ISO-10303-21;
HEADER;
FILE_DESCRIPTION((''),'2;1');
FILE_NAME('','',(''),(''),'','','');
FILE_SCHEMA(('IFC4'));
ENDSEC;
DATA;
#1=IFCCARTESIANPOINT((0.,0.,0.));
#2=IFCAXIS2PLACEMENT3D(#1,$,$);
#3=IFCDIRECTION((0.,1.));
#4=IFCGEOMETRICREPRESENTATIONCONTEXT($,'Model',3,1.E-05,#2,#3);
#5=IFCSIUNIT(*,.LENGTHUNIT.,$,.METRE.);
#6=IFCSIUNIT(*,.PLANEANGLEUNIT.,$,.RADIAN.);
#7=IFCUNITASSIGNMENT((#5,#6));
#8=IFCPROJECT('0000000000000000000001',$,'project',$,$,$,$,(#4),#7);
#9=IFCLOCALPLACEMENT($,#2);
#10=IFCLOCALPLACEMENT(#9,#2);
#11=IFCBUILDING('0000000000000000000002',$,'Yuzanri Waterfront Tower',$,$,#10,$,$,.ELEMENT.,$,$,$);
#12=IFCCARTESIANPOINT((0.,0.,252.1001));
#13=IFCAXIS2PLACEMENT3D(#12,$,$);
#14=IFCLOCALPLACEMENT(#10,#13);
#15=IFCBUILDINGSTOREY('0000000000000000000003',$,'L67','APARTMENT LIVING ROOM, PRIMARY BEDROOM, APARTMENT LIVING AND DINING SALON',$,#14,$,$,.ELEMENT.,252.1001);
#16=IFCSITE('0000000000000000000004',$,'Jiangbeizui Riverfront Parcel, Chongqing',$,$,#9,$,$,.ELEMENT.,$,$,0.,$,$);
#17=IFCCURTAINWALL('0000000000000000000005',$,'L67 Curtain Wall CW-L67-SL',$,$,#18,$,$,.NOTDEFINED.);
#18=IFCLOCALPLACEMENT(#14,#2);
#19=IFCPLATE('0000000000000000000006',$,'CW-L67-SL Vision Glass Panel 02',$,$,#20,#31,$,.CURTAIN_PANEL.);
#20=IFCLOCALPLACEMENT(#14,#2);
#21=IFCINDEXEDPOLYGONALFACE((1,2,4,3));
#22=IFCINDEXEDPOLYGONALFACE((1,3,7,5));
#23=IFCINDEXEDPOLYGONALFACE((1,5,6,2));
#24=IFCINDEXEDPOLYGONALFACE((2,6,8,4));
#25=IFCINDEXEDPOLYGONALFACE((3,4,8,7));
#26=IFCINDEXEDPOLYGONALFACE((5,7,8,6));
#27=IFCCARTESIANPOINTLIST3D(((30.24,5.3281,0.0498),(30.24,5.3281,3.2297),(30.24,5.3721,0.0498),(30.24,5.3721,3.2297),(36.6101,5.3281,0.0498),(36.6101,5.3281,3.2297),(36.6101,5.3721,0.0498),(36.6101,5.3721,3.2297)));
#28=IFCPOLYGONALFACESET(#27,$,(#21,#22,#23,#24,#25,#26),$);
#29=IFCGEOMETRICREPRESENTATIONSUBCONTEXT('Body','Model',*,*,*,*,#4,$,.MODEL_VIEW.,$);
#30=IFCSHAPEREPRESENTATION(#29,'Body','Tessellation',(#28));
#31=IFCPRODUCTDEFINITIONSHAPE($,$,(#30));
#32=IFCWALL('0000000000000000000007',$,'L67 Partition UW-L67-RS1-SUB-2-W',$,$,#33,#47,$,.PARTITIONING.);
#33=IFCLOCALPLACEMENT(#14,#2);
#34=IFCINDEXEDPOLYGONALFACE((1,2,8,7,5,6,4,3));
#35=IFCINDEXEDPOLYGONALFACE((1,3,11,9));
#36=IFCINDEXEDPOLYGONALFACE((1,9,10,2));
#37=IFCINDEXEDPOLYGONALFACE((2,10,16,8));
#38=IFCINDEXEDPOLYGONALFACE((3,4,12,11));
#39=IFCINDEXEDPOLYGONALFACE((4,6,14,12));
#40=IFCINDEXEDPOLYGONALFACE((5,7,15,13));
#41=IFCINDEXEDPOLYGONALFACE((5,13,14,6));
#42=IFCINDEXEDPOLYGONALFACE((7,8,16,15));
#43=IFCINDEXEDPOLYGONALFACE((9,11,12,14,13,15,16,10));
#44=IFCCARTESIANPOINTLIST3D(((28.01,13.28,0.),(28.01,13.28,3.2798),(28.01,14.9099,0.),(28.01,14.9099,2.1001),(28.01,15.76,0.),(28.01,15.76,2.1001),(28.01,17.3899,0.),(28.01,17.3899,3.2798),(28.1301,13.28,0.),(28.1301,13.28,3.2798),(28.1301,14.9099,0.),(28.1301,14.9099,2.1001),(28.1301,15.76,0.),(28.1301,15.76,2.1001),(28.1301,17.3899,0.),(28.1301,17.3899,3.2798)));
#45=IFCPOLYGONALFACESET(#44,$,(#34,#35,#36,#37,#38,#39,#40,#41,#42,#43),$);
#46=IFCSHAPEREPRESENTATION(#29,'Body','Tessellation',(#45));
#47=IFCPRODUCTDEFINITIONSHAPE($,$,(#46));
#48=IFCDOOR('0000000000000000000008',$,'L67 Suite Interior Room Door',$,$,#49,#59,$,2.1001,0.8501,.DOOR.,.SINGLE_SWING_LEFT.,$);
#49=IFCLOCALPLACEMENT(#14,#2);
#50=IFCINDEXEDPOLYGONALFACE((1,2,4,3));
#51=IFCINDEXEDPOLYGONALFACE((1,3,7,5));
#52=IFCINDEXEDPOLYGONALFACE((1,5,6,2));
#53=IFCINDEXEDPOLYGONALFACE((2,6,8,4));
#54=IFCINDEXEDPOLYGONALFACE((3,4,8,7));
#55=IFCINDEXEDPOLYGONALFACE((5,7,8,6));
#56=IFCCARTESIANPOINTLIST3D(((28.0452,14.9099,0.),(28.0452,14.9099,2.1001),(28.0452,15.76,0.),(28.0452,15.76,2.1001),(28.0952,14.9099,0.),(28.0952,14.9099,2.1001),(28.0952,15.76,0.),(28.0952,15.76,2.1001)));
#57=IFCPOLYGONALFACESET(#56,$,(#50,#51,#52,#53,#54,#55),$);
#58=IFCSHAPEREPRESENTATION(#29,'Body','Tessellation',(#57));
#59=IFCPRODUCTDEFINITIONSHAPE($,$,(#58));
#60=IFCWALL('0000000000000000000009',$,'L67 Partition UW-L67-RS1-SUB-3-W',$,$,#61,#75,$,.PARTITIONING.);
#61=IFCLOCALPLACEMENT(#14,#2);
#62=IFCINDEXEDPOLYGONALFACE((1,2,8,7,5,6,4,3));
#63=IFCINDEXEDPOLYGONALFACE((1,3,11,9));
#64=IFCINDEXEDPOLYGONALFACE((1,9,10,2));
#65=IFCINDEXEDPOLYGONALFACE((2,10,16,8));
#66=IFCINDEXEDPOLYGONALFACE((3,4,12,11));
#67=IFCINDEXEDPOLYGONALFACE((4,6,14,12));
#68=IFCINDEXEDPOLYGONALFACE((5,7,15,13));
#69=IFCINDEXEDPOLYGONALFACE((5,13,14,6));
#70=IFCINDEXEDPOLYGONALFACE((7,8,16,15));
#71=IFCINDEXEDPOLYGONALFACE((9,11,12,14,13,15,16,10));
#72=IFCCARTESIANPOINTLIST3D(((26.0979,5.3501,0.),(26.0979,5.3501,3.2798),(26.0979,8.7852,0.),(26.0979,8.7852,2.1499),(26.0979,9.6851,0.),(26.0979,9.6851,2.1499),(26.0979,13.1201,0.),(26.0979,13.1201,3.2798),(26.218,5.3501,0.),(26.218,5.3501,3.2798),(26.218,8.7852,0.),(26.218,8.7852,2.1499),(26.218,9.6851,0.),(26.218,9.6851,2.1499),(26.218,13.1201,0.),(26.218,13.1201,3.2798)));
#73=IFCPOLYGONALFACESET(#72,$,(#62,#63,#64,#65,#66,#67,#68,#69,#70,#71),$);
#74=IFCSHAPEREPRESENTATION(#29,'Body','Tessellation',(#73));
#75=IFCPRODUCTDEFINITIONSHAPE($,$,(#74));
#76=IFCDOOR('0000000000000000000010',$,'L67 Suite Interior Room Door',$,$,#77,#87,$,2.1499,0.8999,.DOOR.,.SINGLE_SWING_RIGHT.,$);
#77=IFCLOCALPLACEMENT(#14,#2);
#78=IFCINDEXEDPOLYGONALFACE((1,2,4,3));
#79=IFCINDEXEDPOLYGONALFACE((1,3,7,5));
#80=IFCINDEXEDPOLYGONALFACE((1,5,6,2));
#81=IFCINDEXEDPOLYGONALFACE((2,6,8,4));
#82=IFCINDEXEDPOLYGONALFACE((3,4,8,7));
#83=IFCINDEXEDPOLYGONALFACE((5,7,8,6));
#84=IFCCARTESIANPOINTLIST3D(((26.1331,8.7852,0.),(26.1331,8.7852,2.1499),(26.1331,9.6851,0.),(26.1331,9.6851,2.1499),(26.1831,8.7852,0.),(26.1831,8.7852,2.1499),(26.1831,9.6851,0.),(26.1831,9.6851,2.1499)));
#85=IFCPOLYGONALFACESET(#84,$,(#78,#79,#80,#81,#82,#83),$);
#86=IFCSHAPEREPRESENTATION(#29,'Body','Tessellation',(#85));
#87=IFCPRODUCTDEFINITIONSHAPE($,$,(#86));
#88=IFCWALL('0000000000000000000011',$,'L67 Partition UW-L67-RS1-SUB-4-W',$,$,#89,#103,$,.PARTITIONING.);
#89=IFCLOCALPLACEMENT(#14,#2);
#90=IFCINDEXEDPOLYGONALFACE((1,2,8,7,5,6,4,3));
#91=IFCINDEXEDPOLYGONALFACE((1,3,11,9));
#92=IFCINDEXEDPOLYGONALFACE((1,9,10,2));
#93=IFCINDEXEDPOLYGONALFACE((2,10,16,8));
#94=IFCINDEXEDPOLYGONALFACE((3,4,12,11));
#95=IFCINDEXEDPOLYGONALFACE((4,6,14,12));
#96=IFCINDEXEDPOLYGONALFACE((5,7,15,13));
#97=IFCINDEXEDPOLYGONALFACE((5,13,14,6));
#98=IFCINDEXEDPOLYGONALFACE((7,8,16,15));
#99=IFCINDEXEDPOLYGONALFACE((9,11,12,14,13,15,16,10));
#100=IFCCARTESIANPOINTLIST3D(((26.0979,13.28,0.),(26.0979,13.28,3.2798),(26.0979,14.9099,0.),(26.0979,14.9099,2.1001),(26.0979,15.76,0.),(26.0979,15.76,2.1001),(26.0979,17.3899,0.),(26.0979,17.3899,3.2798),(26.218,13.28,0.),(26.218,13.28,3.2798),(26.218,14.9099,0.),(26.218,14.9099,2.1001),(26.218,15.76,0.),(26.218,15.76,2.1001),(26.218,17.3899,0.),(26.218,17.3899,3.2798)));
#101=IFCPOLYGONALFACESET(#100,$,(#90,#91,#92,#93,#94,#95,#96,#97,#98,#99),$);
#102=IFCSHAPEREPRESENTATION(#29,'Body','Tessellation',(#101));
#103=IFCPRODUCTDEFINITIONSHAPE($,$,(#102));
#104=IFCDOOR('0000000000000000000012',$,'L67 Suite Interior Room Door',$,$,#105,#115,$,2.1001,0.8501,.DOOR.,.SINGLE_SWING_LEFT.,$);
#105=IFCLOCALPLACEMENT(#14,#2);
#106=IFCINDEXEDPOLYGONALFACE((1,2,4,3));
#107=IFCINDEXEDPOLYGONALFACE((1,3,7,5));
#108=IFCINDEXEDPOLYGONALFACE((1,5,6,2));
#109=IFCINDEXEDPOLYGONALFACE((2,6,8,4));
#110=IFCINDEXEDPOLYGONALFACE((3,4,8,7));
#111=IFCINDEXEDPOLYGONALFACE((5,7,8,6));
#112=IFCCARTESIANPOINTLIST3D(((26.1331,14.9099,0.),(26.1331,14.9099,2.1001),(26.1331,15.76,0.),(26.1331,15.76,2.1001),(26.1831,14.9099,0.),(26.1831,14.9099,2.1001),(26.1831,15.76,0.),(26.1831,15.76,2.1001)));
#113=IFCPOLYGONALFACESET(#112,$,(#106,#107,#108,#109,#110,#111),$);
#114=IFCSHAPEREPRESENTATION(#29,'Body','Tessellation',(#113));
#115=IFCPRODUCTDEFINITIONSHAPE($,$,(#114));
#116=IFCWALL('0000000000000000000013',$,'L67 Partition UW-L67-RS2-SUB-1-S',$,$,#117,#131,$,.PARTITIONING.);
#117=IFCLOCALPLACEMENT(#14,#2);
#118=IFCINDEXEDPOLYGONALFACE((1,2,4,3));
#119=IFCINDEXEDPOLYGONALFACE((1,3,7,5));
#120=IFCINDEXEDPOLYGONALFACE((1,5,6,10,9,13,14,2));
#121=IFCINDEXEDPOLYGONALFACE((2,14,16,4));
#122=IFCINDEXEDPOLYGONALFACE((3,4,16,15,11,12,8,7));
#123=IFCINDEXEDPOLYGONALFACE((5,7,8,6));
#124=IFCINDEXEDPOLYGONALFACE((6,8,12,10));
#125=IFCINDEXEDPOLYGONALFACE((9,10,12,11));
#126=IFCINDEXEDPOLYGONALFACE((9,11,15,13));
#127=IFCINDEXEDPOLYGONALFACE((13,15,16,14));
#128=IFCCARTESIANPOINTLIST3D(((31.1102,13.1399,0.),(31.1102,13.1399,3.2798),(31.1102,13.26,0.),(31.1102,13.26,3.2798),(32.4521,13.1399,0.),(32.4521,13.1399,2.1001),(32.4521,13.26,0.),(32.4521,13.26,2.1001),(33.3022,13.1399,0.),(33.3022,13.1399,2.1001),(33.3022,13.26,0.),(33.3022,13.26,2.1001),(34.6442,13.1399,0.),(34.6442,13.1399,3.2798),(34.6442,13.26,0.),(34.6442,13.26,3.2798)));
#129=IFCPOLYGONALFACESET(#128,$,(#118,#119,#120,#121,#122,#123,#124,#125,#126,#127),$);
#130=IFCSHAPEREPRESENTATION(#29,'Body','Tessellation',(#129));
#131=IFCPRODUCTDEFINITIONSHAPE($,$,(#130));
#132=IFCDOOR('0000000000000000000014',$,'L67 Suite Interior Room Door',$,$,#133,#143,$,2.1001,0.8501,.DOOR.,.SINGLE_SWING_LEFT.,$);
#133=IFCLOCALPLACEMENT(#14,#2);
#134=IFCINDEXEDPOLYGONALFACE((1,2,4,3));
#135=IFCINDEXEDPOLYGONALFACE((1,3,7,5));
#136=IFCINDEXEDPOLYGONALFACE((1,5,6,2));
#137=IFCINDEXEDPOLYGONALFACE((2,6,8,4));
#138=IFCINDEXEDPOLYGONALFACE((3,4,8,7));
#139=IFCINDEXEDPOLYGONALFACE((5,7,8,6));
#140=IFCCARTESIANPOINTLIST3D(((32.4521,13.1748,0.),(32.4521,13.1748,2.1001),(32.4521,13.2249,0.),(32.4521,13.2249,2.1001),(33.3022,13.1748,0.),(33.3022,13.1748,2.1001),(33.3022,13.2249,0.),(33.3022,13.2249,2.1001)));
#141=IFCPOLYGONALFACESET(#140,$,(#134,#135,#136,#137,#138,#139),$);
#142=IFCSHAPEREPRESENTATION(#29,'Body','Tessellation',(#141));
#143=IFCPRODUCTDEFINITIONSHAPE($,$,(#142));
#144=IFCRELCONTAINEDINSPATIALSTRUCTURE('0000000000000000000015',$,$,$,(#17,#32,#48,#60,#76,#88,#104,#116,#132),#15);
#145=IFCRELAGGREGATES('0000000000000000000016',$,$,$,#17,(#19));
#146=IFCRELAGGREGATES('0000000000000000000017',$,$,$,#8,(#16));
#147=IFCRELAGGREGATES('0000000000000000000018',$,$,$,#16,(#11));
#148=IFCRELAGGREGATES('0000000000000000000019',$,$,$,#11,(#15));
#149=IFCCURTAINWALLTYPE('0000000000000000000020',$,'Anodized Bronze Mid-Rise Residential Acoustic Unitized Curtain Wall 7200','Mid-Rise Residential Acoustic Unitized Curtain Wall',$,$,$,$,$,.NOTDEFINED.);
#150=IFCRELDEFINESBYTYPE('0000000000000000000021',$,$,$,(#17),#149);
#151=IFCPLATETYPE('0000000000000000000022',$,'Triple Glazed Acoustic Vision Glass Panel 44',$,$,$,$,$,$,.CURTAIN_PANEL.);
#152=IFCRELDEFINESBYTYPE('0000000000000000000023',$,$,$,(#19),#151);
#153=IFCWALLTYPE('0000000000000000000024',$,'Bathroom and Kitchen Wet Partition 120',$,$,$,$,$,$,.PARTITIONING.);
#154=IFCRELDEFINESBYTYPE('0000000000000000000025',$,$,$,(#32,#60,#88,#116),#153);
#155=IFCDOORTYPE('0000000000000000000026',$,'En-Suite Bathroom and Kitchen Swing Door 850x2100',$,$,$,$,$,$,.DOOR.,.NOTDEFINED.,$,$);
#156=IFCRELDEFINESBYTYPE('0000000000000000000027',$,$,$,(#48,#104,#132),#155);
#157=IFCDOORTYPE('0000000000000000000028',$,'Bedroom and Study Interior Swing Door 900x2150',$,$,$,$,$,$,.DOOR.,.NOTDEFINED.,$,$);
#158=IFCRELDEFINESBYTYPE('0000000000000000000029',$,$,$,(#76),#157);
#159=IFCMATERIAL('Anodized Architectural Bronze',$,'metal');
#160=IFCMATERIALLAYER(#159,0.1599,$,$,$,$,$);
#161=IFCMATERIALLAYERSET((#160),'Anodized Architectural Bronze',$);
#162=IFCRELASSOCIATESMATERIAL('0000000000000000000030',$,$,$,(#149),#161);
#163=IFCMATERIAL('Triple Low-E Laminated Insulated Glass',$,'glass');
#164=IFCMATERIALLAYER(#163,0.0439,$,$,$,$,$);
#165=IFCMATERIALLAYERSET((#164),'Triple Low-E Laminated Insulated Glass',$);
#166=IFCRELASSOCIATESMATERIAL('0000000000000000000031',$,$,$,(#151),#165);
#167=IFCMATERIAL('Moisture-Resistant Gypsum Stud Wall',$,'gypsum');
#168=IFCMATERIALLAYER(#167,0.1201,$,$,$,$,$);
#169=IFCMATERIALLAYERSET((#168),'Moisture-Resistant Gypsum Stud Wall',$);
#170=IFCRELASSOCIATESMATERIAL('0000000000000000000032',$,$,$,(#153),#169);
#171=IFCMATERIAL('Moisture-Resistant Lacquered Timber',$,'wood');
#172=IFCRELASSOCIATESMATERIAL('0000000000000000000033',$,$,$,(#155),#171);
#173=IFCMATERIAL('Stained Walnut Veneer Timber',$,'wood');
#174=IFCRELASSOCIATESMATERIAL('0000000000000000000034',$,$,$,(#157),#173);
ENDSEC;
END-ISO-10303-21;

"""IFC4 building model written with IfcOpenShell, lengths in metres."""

from ifc_helpers import new_model, si_unit, direction, frame, frame_2d, origin, origin_2d, place, context, subcontext, project, spatial, rectangle, extrude, source, transform, mapped, material, layer, layer_set, type_object, element, fill, aggregate, save


model = new_model("IFC4")

# Units and contexts
model_context = context("Model", 3, precision=1e-05, world=origin(), true_north=direction((0.0, 1.0)))
body_context = subcontext(model_context, "Body", "Model", "MODEL_VIEW")
ifc_project = project(units=[si_unit("LENGTHUNIT", "METRE"), si_unit("PLANEANGLEUNIT", "RADIAN")], contexts=[model_context])

# Site, building, storey
site_placement = place(None, origin())
site = spatial("IfcSite", under=ifc_project, at=site_placement, Name="Jiangbeizui Riverfront Parcel, Chongqing", CompositionType="ELEMENT", RefElevation=0.0)
building_placement = place(site_placement, origin())
building = spatial("IfcBuilding", under=site, at=building_placement, Name="Yuzanri Waterfront Tower", CompositionType="ELEMENT")
storey_placement = place(building_placement, frame((0.0, 0.0, 252.1001)))
storey = spatial("IfcBuildingStorey", under=building, at=storey_placement, Name="L67", Description="APARTMENT LIVING ROOM, PRIMARY BEDROOM, APARTMENT LIVING AND DINING SALON", CompositionType="ELEMENT", Elevation=252.1001)

# Curtain wall, plate
ifc_material_1 = material(Name="Anodized Architectural Bronze", Category="metal")
ifc_layer_1 = layer(ifc_material_1, 0.1599)
ifc_layer_set_1 = layer_set([ifc_layer_1], Name="Anodized Architectural Bronze")
curtain_wall_type = type_object("IfcCurtainWallType", Name="Anodized Bronze Mid-Rise Residential Acoustic Unitized Curtain Wall 7200", Description="Mid-Rise Residential Acoustic Unitized Curtain Wall", PredefinedType="NOTDEFINED", material=ifc_layer_set_1)
curtain_wall_placement = place(storey_placement, origin())
curtain_wall = element("IfcCurtainWall", 1, at=curtain_wall_placement, inside=storey, type_object=curtain_wall_type, Name="L67 Curtain Wall CW-L67-SL", PredefinedType="NOTDEFINED")
ifc_material_2 = material(Name="Triple Low-E Laminated Insulated Glass", Category="glass")
ifc_layer_2 = layer(ifc_material_2, 0.0439)
ifc_layer_set_2 = layer_set([ifc_layer_2], Name="Triple Low-E Laminated Insulated Glass")
plate_type = type_object("IfcPlateType", Name="Triple Glazed Acoustic Vision Glass Panel 44", PredefinedType="CURTAIN_PANEL", material=ifc_layer_set_2)
shared_shape_1 = source(origin(), body_context, "Body", "SweptSolid", [
    extrude(rectangle(XDim=6.3701, YDim=0.0439, at=origin_2d()), origin(), (0.0, 0.0, 1.0), 3.1799),
])
plate_1_placement = place(storey_placement, frame((33.425, 5.3501, 0.0498), z_axis=(0.0, 0.0, 1.0), x_axis=(1.0, 0.0, 0.0)))
plate_1 = element("IfcPlate", 2, at=plate_1_placement, type_object=plate_type, Name="CW-L67-SL Vision Glass Panel 02", PredefinedType="CURTAIN_PANEL", context=body_context, shape_type="MappedRepresentation", body=[
    mapped(shared_shape_1, transform((0.0, 0.0, 0.0), scale=1.0)),
])
aggregate(curtain_wall, [plate_1])

# Walls, openings, doors
ifc_material_3 = material(Name="Moisture-Resistant Gypsum Stud Wall", Category="gypsum")
ifc_layer_3 = layer(ifc_material_3, 0.1201)
ifc_layer_set_3 = layer_set([ifc_layer_3], Name="Moisture-Resistant Gypsum Stud Wall")
wall_type_1 = type_object("IfcWallType", Name="Bathroom and Kitchen Wet Partition 120", PredefinedType="PARTITIONING", material=ifc_layer_set_3)
wall_1_placement = place(storey_placement, frame((28.0701, 13.28, 0.0), z_axis=(0.0, 0.0, 1.0), x_axis=(0.0, 1.0, 0.0)))
wall_1 = element("IfcWall", 3, at=wall_1_placement, inside=storey, type_object=wall_type_1, Name="L67 Partition UW-L67-RS1-SUB-2-W", PredefinedType="PARTITIONING", context=body_context, shape_type="SweptSolid", body=[
    extrude(rectangle(XDim=4.1099, YDim=0.1201, at=frame_2d((2.0549, 0.0))), origin(), (0.0, 0.0, 1.0), 3.2798),
])
opening_1_placement = place(wall_1_placement, frame((1.6299, 0.0, 0.0)))
opening_1 = element("IfcOpeningElement", 4, at=opening_1_placement, cuts=wall_1, PredefinedType="OPENING", context=body_context, shape_type="SweptSolid", body=[
    extrude(rectangle(XDim=0.8501, YDim=2.1001, at=frame_2d((0.425, 1.05))), frame((0.0, 0.075, 0.0), z_axis=(0.0, -1.0, 0.0), x_axis=(1.0, 0.0, 0.0)), (0.0, 0.0, 1.0), 0.1499),
])
ifc_material_4 = material(Name="Moisture-Resistant Lacquered Timber", Category="wood")
door_type_1 = type_object("IfcDoorType", Name="En-Suite Bathroom and Kitchen Swing Door 850x2100", OperationType="NOTDEFINED", PredefinedType="DOOR", material=ifc_material_4)
shared_shape_2 = source(origin(), body_context, "Body", "SweptSolid", [
    extrude(rectangle(XDim=0.8501, YDim=2.1001, at=frame_2d((0.425, 1.05))), frame((0.0, 0.0249, 0.0), z_axis=(0.0, -1.0, 0.0), x_axis=(1.0, 0.0, 0.0)), (0.0, 0.0, 1.0), 0.05),
])
door_1_placement = place(opening_1_placement, origin())
door_1 = element("IfcDoor", 5, at=door_1_placement, inside=storey, type_object=door_type_1, Name="L67 Suite Interior Room Door", OperationType="SINGLE_SWING_LEFT", OverallHeight=2.1001, OverallWidth=0.8501, PredefinedType="DOOR", context=body_context, shape_type="MappedRepresentation", body=[
    mapped(shared_shape_2, transform((0.0, 0.0, 0.0), scale=1.0)),
])
fill(opening_1, door_1)
wall_2_placement = place(storey_placement, frame((26.158, 5.3501, 0.0), z_axis=(0.0, 0.0, 1.0), x_axis=(0.0, 1.0, 0.0)))
wall_2 = element("IfcWall", 6, at=wall_2_placement, inside=storey, type_object=wall_type_1, Name="L67 Partition UW-L67-RS1-SUB-3-W", PredefinedType="PARTITIONING", context=body_context, shape_type="SweptSolid", body=[
    extrude(rectangle(XDim=7.77, YDim=0.1201, at=frame_2d((3.885, 0.0))), origin(), (0.0, 0.0, 1.0), 3.2798),
])
opening_2_placement = place(wall_2_placement, frame((3.4351, 0.0, 0.0)))
opening_2 = element("IfcOpeningElement", 7, at=opening_2_placement, cuts=wall_2, PredefinedType="OPENING", context=body_context, shape_type="SweptSolid", body=[
    extrude(rectangle(XDim=0.8999, YDim=2.1499, at=frame_2d((0.45, 1.075))), frame((0.0, 0.075, 0.0), z_axis=(0.0, -1.0, 0.0), x_axis=(1.0, 0.0, 0.0)), (0.0, 0.0, 1.0), 0.1499),
])
ifc_material_5 = material(Name="Stained Walnut Veneer Timber", Category="wood")
door_type_2 = type_object("IfcDoorType", Name="Bedroom and Study Interior Swing Door 900x2150", OperationType="NOTDEFINED", PredefinedType="DOOR", material=ifc_material_5)
shared_shape_3 = source(origin(), body_context, "Body", "SweptSolid", [
    extrude(rectangle(XDim=0.8999, YDim=2.1499, at=frame_2d((0.45, 1.075))), frame((0.0, 0.0249, 0.0), z_axis=(0.0, -1.0, 0.0), x_axis=(1.0, 0.0, 0.0)), (0.0, 0.0, 1.0), 0.05),
])
door_2_placement = place(opening_2_placement, origin())
door_2 = element("IfcDoor", 8, at=door_2_placement, inside=storey, type_object=door_type_2, Name="L67 Suite Interior Room Door", OperationType="SINGLE_SWING_RIGHT", OverallHeight=2.1499, OverallWidth=0.8999, PredefinedType="DOOR", context=body_context, shape_type="MappedRepresentation", body=[
    mapped(shared_shape_3, transform((0.0, 0.0, 0.0), scale=1.0)),
])
fill(opening_2, door_2)
wall_3_placement = place(storey_placement, frame((26.158, 13.28, 0.0), z_axis=(0.0, 0.0, 1.0), x_axis=(0.0, 1.0, 0.0)))
wall_3 = element("IfcWall", 9, at=wall_3_placement, inside=storey, type_object=wall_type_1, Name="L67 Partition UW-L67-RS1-SUB-4-W", PredefinedType="PARTITIONING", context=body_context, shape_type="SweptSolid", body=[
    extrude(rectangle(XDim=4.1099, YDim=0.1201, at=frame_2d((2.0549, 0.0))), origin(), (0.0, 0.0, 1.0), 3.2798),
])
opening_3_placement = place(wall_3_placement, frame((1.6299, 0.0, 0.0)))
opening_3 = element("IfcOpeningElement", 10, at=opening_3_placement, cuts=wall_3, PredefinedType="OPENING", context=body_context, shape_type="SweptSolid", body=[
    extrude(rectangle(XDim=0.8501, YDim=2.1001, at=frame_2d((0.425, 1.05))), frame((0.0, 0.075, 0.0), z_axis=(0.0, -1.0, 0.0), x_axis=(1.0, 0.0, 0.0)), (0.0, 0.0, 1.0), 0.1499),
])
door_3_placement = place(opening_3_placement, origin())
door_3 = element("IfcDoor", 11, at=door_3_placement, inside=storey, type_object=door_type_1, Name="L67 Suite Interior Room Door", OperationType="SINGLE_SWING_LEFT", OverallHeight=2.1001, OverallWidth=0.8501, PredefinedType="DOOR", context=body_context, shape_type="MappedRepresentation", body=[
    mapped(shared_shape_2, transform((0.0, 0.0, 0.0), scale=1.0)),
])
fill(opening_3, door_3)
wall_4_placement = place(storey_placement, frame((31.1101, 13.2, 0.0), z_axis=(0.0, 0.0, 1.0), x_axis=(1.0, 0.0, 0.0)))
wall_4 = element("IfcWall", 12, at=wall_4_placement, inside=storey, type_object=wall_type_1, Name="L67 Partition UW-L67-RS2-SUB-1-S", PredefinedType="PARTITIONING", context=body_context, shape_type="SweptSolid", body=[
    extrude(rectangle(XDim=3.5339, YDim=0.1201, at=frame_2d((1.7671, 0.0))), origin(), (0.0, 0.0, 1.0), 3.2798),
])
opening_4_placement = place(wall_4_placement, frame((1.342, 0.0, 0.0)))
opening_4 = element("IfcOpeningElement", 13, at=opening_4_placement, cuts=wall_4, PredefinedType="OPENING", context=body_context, shape_type="SweptSolid", body=[
    extrude(rectangle(XDim=0.8501, YDim=2.1001, at=frame_2d((0.425, 1.05))), frame((0.0, 0.075, 0.0), z_axis=(0.0, -1.0, 0.0), x_axis=(1.0, 0.0, 0.0)), (0.0, 0.0, 1.0), 0.1499),
])
door_4_placement = place(opening_4_placement, origin())
door_4 = element("IfcDoor", 14, at=door_4_placement, inside=storey, type_object=door_type_1, Name="L67 Suite Interior Room Door", OperationType="SINGLE_SWING_LEFT", OverallHeight=2.1001, OverallWidth=0.8501, PredefinedType="DOOR", context=body_context, shape_type="MappedRepresentation", body=[
    mapped(shared_shape_2, transform((0.0, 0.0, 0.0), scale=1.0)),
])
fill(opening_4, door_4)

save(model, "model.ifc")
